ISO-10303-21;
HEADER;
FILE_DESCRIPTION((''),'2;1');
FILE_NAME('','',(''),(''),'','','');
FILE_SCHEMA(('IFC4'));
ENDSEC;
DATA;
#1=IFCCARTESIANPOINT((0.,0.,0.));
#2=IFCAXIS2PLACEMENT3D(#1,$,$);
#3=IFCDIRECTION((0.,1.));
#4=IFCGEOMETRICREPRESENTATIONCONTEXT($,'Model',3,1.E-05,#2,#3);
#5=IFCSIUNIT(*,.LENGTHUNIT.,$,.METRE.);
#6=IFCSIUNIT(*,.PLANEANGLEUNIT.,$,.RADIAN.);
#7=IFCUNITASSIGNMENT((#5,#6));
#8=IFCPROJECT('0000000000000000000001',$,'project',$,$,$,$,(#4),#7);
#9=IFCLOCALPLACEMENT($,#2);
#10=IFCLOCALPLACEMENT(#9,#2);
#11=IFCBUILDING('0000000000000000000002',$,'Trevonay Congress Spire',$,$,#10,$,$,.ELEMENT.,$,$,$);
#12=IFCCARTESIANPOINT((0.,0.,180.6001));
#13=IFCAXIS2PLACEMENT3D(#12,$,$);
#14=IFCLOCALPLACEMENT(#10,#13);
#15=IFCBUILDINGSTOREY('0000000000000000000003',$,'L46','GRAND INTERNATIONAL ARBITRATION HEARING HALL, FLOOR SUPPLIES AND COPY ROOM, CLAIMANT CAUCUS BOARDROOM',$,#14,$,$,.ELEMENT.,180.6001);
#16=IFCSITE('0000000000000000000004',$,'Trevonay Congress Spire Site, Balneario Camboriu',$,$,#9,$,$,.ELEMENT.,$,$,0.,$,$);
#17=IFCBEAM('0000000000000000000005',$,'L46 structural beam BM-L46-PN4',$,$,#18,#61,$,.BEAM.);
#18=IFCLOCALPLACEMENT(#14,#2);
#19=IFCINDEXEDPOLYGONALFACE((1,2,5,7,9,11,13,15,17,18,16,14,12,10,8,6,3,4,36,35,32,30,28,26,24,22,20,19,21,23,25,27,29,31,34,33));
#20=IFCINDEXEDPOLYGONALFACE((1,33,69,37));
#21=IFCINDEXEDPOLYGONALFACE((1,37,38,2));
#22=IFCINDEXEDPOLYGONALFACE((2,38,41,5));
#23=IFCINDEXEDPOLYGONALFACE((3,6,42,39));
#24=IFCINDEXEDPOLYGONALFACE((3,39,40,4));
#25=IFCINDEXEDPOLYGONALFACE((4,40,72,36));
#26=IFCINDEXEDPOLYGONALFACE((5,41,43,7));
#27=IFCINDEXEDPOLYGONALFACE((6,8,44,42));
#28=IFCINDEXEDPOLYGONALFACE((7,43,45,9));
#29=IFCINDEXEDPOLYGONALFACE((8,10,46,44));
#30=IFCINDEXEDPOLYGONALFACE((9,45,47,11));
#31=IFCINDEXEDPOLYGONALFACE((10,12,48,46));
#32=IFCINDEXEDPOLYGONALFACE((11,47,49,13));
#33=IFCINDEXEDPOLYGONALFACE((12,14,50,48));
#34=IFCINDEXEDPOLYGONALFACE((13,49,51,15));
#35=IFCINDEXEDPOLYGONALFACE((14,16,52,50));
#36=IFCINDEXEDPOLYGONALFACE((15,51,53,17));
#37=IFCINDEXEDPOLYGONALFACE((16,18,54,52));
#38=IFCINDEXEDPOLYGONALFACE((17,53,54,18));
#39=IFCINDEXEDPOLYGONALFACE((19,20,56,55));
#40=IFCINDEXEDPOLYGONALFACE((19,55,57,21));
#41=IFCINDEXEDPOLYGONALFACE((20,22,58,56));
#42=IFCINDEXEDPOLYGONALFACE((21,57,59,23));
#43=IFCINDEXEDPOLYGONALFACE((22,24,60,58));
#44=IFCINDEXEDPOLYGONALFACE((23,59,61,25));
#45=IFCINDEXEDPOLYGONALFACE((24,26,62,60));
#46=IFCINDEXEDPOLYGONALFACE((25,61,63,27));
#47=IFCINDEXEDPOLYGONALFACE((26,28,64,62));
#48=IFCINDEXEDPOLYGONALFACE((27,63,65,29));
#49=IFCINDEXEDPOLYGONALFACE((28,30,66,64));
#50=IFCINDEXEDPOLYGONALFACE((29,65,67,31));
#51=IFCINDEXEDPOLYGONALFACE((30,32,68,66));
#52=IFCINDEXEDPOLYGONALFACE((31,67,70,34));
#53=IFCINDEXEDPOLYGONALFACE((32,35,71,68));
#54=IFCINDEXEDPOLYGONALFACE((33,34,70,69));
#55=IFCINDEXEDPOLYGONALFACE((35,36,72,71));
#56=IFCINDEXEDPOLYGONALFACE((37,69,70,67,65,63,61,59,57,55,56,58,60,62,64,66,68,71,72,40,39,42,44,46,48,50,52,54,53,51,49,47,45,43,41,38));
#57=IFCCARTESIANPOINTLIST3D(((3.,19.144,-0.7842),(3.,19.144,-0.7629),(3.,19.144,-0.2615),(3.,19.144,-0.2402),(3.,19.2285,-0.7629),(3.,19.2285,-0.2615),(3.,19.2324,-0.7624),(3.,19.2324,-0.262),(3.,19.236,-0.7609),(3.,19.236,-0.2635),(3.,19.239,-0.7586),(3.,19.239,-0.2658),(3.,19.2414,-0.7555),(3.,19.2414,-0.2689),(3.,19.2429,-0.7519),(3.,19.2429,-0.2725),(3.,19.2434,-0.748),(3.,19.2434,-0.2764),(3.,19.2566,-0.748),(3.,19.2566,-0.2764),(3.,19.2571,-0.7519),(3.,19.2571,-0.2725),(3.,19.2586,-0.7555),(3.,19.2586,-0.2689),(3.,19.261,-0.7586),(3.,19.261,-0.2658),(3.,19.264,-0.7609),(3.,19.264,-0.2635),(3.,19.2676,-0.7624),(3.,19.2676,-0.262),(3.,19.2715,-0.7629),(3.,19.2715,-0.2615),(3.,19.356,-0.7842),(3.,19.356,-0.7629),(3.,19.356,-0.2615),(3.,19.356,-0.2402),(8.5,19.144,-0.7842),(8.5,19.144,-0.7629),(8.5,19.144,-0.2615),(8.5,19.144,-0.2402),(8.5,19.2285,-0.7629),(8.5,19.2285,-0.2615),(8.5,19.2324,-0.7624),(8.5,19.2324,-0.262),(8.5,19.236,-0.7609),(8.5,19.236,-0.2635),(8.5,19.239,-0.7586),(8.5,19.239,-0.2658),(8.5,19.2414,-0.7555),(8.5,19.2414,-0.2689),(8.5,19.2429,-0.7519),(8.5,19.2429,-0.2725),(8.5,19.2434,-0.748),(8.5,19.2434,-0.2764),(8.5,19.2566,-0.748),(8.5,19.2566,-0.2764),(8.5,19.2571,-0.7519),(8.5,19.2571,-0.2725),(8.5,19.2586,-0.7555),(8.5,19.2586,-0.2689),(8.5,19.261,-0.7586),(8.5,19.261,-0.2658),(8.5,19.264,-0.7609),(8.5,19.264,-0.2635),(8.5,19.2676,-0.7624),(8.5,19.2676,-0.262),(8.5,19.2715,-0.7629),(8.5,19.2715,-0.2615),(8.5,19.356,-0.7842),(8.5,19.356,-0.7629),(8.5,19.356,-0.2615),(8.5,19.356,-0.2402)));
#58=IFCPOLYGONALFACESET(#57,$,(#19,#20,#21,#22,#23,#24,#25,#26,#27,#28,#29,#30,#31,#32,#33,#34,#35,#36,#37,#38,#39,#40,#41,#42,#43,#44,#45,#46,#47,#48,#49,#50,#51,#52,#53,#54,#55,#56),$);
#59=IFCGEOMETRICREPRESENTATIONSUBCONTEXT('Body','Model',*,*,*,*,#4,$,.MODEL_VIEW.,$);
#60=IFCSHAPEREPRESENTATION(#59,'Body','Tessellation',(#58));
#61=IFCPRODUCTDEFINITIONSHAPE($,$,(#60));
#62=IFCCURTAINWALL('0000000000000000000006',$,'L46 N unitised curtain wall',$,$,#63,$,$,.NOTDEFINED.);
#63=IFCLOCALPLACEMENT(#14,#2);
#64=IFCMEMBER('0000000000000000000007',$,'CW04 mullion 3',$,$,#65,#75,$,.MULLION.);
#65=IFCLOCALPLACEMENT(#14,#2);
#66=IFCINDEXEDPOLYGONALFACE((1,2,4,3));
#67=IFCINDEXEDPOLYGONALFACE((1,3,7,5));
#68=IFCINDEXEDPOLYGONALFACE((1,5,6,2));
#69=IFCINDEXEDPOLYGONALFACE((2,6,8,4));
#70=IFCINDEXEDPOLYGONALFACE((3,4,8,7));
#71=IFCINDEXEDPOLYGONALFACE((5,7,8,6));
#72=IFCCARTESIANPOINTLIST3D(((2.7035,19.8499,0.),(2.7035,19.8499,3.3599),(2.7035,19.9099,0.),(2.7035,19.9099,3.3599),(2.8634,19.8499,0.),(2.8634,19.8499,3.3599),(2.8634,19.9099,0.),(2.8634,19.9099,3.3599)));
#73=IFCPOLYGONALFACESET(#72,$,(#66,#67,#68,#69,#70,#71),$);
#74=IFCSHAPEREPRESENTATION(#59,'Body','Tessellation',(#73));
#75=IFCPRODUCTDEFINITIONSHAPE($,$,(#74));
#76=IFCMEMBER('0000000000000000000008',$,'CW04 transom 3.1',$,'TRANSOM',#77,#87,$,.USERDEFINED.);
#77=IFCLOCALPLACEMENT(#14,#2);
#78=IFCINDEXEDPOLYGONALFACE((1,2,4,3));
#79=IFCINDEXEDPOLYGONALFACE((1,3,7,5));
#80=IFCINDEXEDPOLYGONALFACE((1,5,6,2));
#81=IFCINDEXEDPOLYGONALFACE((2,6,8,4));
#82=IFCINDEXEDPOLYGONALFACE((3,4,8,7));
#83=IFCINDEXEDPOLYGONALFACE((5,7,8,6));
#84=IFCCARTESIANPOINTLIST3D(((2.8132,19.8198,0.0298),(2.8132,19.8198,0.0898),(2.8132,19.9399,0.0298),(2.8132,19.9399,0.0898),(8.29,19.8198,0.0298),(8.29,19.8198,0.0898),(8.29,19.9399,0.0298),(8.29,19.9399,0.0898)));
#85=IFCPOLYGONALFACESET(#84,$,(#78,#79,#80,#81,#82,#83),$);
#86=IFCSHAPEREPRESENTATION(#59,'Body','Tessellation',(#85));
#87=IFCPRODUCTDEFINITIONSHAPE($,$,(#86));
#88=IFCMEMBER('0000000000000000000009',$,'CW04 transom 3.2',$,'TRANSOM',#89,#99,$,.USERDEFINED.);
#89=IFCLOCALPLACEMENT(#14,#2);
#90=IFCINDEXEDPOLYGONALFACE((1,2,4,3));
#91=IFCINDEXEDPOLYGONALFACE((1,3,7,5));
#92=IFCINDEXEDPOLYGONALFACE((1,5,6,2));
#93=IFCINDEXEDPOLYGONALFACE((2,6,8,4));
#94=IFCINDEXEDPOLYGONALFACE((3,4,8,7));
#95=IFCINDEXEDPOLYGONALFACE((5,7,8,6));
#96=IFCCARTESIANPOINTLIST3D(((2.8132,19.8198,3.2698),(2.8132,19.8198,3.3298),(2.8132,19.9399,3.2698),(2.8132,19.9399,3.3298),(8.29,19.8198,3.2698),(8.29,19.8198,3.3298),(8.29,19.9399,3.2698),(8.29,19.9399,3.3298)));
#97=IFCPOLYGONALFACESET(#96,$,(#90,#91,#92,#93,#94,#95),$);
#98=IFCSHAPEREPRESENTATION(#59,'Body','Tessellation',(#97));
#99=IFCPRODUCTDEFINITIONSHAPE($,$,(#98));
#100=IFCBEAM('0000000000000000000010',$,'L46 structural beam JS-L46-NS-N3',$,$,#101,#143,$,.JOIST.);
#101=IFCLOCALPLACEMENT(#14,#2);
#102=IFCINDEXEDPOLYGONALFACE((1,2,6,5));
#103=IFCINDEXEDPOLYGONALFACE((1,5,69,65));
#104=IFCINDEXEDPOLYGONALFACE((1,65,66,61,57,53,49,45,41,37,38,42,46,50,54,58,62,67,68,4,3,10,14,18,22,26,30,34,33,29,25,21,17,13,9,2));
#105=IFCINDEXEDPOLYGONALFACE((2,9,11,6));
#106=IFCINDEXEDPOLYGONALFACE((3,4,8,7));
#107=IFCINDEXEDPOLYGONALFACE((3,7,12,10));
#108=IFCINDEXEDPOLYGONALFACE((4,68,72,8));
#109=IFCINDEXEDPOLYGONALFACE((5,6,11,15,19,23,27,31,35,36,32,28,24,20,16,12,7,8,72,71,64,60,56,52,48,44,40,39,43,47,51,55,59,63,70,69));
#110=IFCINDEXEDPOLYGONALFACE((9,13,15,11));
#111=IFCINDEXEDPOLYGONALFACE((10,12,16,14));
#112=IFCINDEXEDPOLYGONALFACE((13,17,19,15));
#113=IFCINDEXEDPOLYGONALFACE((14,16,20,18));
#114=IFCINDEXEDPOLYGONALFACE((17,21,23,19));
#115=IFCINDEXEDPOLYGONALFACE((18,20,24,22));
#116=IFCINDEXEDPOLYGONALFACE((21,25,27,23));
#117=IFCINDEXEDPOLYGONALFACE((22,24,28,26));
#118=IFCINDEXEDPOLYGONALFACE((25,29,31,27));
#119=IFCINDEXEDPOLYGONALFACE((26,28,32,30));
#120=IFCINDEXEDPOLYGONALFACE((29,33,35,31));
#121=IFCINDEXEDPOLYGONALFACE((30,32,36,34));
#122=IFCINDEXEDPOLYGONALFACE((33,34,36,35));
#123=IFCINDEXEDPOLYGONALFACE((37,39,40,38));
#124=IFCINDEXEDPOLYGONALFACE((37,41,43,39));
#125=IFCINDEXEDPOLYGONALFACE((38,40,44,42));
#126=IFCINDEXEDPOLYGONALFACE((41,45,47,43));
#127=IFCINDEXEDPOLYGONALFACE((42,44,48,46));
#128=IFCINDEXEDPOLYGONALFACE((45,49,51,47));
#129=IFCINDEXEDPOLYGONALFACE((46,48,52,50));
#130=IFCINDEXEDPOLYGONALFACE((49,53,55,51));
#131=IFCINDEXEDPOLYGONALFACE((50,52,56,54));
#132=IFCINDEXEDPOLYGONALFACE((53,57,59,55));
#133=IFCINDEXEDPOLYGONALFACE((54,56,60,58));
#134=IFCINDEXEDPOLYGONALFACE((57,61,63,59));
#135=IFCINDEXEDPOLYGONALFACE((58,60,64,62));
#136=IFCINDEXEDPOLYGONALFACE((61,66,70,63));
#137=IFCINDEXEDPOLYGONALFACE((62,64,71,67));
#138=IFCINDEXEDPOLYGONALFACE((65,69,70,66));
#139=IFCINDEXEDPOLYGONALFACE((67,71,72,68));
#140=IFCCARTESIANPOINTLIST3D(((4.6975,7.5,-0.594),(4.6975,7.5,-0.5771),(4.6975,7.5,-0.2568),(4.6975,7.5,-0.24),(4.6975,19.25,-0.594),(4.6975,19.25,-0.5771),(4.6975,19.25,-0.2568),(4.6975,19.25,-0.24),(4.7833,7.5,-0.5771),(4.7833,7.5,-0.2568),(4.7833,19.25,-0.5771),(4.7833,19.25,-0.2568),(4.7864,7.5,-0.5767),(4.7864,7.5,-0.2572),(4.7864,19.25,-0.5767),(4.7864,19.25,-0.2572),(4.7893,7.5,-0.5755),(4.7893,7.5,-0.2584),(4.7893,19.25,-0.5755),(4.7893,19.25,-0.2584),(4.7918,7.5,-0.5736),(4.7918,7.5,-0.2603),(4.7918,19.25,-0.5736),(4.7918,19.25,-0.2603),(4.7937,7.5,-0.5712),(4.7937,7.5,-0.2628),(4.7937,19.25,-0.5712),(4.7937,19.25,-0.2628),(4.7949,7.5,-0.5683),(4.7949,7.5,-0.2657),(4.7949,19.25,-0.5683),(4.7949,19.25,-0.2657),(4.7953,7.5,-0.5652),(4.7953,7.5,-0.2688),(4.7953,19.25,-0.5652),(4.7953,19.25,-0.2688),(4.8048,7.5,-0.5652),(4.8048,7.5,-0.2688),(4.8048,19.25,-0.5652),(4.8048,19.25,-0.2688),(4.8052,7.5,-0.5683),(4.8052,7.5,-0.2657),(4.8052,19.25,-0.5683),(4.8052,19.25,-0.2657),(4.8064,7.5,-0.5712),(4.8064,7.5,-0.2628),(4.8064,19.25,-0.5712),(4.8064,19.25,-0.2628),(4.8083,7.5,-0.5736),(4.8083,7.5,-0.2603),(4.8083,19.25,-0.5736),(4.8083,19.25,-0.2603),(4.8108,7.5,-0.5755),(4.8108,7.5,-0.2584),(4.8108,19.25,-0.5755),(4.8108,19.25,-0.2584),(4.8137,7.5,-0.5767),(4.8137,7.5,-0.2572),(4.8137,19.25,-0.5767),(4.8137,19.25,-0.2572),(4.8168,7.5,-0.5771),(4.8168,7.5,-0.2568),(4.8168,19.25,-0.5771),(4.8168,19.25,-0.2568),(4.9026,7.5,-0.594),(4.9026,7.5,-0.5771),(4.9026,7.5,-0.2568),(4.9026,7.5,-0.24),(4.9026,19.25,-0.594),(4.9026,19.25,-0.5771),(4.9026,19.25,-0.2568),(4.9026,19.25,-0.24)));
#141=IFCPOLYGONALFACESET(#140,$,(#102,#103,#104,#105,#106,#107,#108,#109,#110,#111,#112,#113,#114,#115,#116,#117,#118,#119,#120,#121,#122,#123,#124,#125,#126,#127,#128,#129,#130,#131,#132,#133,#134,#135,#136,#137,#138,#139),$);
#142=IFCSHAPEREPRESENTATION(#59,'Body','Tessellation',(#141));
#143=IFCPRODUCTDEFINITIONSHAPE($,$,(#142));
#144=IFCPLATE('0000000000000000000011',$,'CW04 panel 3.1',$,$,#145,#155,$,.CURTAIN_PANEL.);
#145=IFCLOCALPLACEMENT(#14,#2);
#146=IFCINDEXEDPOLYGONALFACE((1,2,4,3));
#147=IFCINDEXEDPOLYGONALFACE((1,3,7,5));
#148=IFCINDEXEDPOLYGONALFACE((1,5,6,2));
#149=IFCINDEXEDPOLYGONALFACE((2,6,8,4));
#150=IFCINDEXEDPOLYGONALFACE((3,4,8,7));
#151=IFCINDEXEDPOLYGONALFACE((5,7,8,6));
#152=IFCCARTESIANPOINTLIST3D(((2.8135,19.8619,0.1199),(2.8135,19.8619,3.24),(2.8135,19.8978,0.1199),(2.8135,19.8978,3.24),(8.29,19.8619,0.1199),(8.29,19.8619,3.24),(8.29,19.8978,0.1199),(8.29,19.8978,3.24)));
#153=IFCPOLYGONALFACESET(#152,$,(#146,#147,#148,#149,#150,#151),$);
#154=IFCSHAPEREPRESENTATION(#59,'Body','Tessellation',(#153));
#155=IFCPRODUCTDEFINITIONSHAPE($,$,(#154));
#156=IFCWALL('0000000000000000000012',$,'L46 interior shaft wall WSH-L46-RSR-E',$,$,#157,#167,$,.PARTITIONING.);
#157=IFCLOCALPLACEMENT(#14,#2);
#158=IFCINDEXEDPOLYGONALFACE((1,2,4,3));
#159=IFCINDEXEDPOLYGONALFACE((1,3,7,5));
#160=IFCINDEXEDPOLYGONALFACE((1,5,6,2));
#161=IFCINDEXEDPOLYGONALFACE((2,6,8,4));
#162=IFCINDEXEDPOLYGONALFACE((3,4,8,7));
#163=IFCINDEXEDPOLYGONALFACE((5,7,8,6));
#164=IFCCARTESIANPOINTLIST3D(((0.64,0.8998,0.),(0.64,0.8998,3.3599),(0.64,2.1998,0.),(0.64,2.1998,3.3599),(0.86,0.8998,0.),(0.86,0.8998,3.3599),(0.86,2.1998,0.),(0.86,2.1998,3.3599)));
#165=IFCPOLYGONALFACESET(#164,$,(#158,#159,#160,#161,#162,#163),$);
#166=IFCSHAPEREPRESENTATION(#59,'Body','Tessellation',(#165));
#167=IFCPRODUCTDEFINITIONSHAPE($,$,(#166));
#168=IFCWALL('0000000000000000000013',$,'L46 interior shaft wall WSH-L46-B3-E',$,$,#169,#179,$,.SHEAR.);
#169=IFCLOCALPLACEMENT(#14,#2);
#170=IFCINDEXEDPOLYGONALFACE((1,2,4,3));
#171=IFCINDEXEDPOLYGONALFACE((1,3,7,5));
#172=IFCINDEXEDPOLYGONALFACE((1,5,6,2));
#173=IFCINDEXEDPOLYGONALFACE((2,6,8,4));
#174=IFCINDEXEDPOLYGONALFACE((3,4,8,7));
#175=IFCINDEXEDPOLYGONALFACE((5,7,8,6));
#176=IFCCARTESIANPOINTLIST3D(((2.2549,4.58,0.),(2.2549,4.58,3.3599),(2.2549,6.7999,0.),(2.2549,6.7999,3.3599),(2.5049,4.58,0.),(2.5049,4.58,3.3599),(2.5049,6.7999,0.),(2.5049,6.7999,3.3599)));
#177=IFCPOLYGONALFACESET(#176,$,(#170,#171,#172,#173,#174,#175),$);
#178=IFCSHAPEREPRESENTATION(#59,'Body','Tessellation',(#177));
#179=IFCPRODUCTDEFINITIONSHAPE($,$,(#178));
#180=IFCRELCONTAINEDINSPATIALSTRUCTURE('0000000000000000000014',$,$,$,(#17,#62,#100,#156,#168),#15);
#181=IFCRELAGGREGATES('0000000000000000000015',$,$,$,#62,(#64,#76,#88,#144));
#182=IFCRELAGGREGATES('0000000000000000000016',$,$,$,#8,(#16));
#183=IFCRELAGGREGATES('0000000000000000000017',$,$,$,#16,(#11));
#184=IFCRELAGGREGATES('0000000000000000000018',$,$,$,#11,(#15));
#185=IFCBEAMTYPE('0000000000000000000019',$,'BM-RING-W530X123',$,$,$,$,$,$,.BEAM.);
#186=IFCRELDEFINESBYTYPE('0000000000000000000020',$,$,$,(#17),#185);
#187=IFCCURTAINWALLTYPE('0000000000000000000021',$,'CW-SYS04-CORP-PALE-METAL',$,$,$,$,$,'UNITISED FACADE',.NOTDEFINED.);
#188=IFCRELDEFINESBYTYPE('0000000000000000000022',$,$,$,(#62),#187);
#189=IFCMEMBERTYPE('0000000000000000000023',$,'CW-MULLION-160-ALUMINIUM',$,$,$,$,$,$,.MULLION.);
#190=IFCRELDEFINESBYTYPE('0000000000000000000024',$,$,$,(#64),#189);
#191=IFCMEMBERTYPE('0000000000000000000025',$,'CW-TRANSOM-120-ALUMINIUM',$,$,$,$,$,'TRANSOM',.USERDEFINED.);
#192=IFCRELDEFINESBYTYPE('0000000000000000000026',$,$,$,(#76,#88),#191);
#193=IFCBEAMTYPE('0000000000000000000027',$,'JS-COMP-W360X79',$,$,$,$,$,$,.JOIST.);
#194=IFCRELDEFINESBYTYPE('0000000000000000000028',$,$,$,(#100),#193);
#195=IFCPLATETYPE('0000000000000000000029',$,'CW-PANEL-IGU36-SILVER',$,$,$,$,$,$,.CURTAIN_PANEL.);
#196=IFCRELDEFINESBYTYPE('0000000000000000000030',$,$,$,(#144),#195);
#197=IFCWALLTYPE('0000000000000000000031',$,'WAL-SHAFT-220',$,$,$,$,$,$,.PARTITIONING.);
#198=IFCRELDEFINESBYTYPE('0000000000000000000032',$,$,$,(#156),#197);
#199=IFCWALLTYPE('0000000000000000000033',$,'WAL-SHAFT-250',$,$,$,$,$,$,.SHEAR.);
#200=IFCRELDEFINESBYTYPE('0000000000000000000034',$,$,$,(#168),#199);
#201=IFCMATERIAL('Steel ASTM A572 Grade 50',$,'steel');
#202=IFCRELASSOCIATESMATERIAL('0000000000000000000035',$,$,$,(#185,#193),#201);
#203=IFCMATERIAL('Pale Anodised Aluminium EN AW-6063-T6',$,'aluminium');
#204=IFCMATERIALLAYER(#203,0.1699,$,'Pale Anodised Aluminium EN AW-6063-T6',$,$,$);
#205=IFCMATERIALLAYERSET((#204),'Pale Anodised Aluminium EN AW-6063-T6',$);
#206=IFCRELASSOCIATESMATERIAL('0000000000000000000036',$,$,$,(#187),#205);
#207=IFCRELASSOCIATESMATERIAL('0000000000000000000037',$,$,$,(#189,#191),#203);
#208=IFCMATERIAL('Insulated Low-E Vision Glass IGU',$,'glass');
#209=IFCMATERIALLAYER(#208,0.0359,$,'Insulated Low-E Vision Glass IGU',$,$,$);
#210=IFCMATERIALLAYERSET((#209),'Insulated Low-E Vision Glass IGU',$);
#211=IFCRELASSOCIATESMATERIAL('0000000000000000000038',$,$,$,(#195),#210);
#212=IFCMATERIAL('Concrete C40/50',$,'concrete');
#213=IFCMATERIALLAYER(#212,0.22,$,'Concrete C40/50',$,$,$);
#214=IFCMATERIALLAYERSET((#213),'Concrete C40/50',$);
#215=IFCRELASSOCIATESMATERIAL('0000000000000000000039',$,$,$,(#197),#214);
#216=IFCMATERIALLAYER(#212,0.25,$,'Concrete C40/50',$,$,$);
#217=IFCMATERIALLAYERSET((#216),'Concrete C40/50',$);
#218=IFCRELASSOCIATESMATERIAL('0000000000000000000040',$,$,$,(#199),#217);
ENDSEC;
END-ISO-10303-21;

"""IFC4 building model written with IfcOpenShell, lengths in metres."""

from ifc_helpers import new_model, si_unit, direction, frame, frame_2d, origin, origin_2d, place, context, subcontext, project, spatial, rectangle, i_section, extrude, material, layer, layer_set, material_profile, profile_set, type_object, element, aggregate, save


model = new_model("IFC4")

# Units and contexts
model_context = context("Model", 3, precision=1e-05, world=origin(), true_north=direction((0.0, 1.0)))
body_context = subcontext(model_context, "Body", "Model", "MODEL_VIEW")
ifc_project = project(units=[si_unit("LENGTHUNIT", "METRE"), si_unit("PLANEANGLEUNIT", "RADIAN")], contexts=[model_context])

# Site, building, storey
site_placement = place(None, origin())
site = spatial("IfcSite", under=ifc_project, at=site_placement, Name="Trevonay Congress Spire Site, Balneario Camboriu", CompositionType="ELEMENT", RefElevation=0.0)
building_placement = place(site_placement, origin())
building = spatial("IfcBuilding", under=site, at=building_placement, Name="Trevonay Congress Spire", CompositionType="ELEMENT")
storey_placement = place(building_placement, frame((0.0, 0.0, 180.6001)))
storey = spatial("IfcBuildingStorey", under=building, at=storey_placement, Name="L46", Description="GRAND INTERNATIONAL ARBITRATION HEARING HALL, FLOOR SUPPLIES AND COPY ROOM, CLAIMANT CAUCUS BOARDROOM", CompositionType="ELEMENT", Elevation=180.6001)

# Shared definitions
ifc_material_1 = material(Name="Steel ASTM A572 Grade 50", Category="steel")

# Beam
ifc_material_profile_1 = material_profile(ifc_material_1, i_section(OverallWidth=0.2119, OverallDepth=0.5439, WebThickness=0.0132, FlangeThickness=0.0212, FilletRadius=0.0149, at=origin_2d()), Name="W530x123")
ifc_profile_set_1 = profile_set([ifc_material_profile_1], Name="Steel ASTM A572 Grade 50")
beam_type_1 = type_object("IfcBeamType", Name="BM-RING-W530X123", PredefinedType="BEAM", material=ifc_profile_set_1)
beam_1_placement = place(storey_placement, frame((3.0, 19.25, -0.5122), z_axis=(1.0, 0.0, 0.0), x_axis=(0.0, 1.0, 0.0)))
element("IfcBeam", 1, at=beam_1_placement, inside=storey, type_object=beam_type_1, Name="L46 structural beam BM-L46-PN4", PredefinedType="BEAM", context=body_context, shape_type="SweptSolid", body=[
    extrude(i_section(OverallWidth=0.2119, OverallDepth=0.5439, WebThickness=0.0132, FlangeThickness=0.0212, FilletRadius=0.0149, at=origin_2d()), origin(), (0.0, 0.0, 1.0), 5.5),
])

# Curtain wall, members
ifc_material_2 = material(Name="Pale Anodised Aluminium EN AW-6063-T6", Category="aluminium")
ifc_layer_1 = layer(ifc_material_2, 0.1699, Name="Pale Anodised Aluminium EN AW-6063-T6")
ifc_layer_set_1 = layer_set([ifc_layer_1], Name="Pale Anodised Aluminium EN AW-6063-T6")
curtain_wall_type = type_object("IfcCurtainWallType", Name="CW-SYS04-CORP-PALE-METAL", ElementType="UNITISED FACADE", PredefinedType="NOTDEFINED", material=ifc_layer_set_1)
curtain_wall_placement = place(storey_placement, origin())
curtain_wall = element("IfcCurtainWall", 2, at=curtain_wall_placement, inside=storey, type_object=curtain_wall_type, Name="L46 N unitised curtain wall", PredefinedType="NOTDEFINED")
ifc_material_profile_2 = material_profile(ifc_material_2, rectangle(XDim=0.0601, YDim=0.1599, at=origin_2d()), Name="CW-MULLION-160-ALUMINIUM")
ifc_profile_set_2 = profile_set([ifc_material_profile_2], Name="Pale Anodised Aluminium EN AW-6063-T6")
member_type_1 = type_object("IfcMemberType", Name="CW-MULLION-160-ALUMINIUM", PredefinedType="MULLION", material=ifc_profile_set_2)
member_1_placement = place(storey_placement, frame((2.7834, 19.8799, 0.0), z_axis=(0.0, 0.0, 1.0), x_axis=(0.0, 1.0, 0.0)))
member_1 = element("IfcMember", 3, at=member_1_placement, type_object=member_type_1, Name="CW04 mullion 3", PredefinedType="MULLION", context=body_context, shape_type="SweptSolid", body=[
    extrude(rectangle(XDim=0.0601, YDim=0.1599, at=origin_2d()), origin(), (0.0, 0.0, 1.0), 3.3599),
])
ifc_material_profile_3 = material_profile(ifc_material_2, rectangle(XDim=0.1201, YDim=0.0601, at=origin_2d()), Name="CW-TRANSOM-120-ALUMINIUM")
ifc_profile_set_3 = profile_set([ifc_material_profile_3], Name="Pale Anodised Aluminium EN AW-6063-T6")
member_type_2 = type_object("IfcMemberType", Name="CW-TRANSOM-120-ALUMINIUM", ElementType="TRANSOM", PredefinedType="USERDEFINED", material=ifc_profile_set_3)
member_2_placement = place(storey_placement, frame((2.8132, 19.8799, 0.0598), z_axis=(1.0, 0.0, 0.0), x_axis=(0.0, 1.0, 0.0)))
member_2 = element("IfcMember", 4, at=member_2_placement, type_object=member_type_2, Name="CW04 transom 3.1", ObjectType="TRANSOM", PredefinedType="USERDEFINED", context=body_context, shape_type="SweptSolid", body=[
    extrude(rectangle(XDim=0.1201, YDim=0.0601, at=origin_2d()), origin(), (0.0, 0.0, 1.0), 5.4768),
])
member_3_placement = place(storey_placement, frame((2.8132, 19.8799, 3.2998), z_axis=(1.0, 0.0, 0.0), x_axis=(0.0, 1.0, 0.0)))
member_3 = element("IfcMember", 5, at=member_3_placement, type_object=member_type_2, Name="CW04 transom 3.2", ObjectType="TRANSOM", PredefinedType="USERDEFINED", context=body_context, shape_type="SweptSolid", body=[
    extrude(rectangle(XDim=0.1201, YDim=0.0601, at=origin_2d()), origin(), (0.0, 0.0, 1.0), 5.4768),
])

# Beam
ifc_material_profile_4 = material_profile(ifc_material_1, i_section(OverallWidth=0.2051, OverallDepth=0.354, WebThickness=0.0095, FlangeThickness=0.0168, FilletRadius=0.012, at=origin_2d()), Name="W360x79")
ifc_profile_set_4 = profile_set([ifc_material_profile_4], Name="Steel ASTM A572 Grade 50")
beam_type_2 = type_object("IfcBeamType", Name="JS-COMP-W360X79", PredefinedType="JOIST", material=ifc_profile_set_4)
beam_2_placement = place(storey_placement, frame((4.8, 7.5, -0.417), z_axis=(0.0, 1.0, 0.0), x_axis=(-1.0, 0.0, 0.0)))
element("IfcBeam", 6, at=beam_2_placement, inside=storey, type_object=beam_type_2, Name="L46 structural beam JS-L46-NS-N3", PredefinedType="JOIST", context=body_context, shape_type="SweptSolid", body=[
    extrude(i_section(OverallWidth=0.2051, OverallDepth=0.354, WebThickness=0.0095, FlangeThickness=0.0168, FilletRadius=0.012, at=origin_2d()), origin(), (0.0, 0.0, 1.0), 11.75),
])

# Plate
ifc_material_3 = material(Name="Insulated Low-E Vision Glass IGU", Category="glass")
ifc_layer_2 = layer(ifc_material_3, 0.0359, Name="Insulated Low-E Vision Glass IGU")
ifc_layer_set_2 = layer_set([ifc_layer_2], Name="Insulated Low-E Vision Glass IGU")
plate_type = type_object("IfcPlateType", Name="CW-PANEL-IGU36-SILVER", PredefinedType="CURTAIN_PANEL", material=ifc_layer_set_2)
plate_placement = place(storey_placement, frame((5.5518, 19.8799, 0.1199), z_axis=(0.0, 0.0, 1.0), x_axis=(1.0, 0.0, 0.0)))
plate = element("IfcPlate", 7, at=plate_placement, type_object=plate_type, Name="CW04 panel 3.1", PredefinedType="CURTAIN_PANEL", context=body_context, shape_type="SweptSolid", body=[
    extrude(rectangle(XDim=5.4766, YDim=0.0359, at=origin_2d()), origin(), (0.0, 0.0, 1.0), 3.1201),
])
aggregate(curtain_wall, [member_1, member_2, member_3, plate])

# Walls
ifc_material_4 = material(Name="Concrete C40/50", Category="concrete")
ifc_layer_3 = layer(ifc_material_4, 0.22, Name="Concrete C40/50")
ifc_layer_set_3 = layer_set([ifc_layer_3], Name="Concrete C40/50")
wall_type_1 = type_object("IfcWallType", Name="WAL-SHAFT-220", PredefinedType="PARTITIONING", material=ifc_layer_set_3)
wall_1_placement = place(storey_placement, frame((0.75, 0.8999, 0.0), z_axis=(0.0, 0.0, 1.0), x_axis=(0.0, 1.0, 0.0)))
element("IfcWall", 8, at=wall_1_placement, inside=storey, type_object=wall_type_1, Name="L46 interior shaft wall WSH-L46-RSR-E", PredefinedType="PARTITIONING", context=body_context, shape_type="SweptSolid", body=[
    extrude(rectangle(XDim=1.3, YDim=0.22, at=frame_2d((0.6499, 0.0))), origin(), (0.0, 0.0, 1.0), 3.3599),
])
ifc_layer_4 = layer(ifc_material_4, 0.25, Name="Concrete C40/50")
ifc_layer_set_4 = layer_set([ifc_layer_4], Name="Concrete C40/50")
wall_type_2 = type_object("IfcWallType", Name="WAL-SHAFT-250", PredefinedType="SHEAR", material=ifc_layer_set_4)
wall_2_placement = place(storey_placement, frame((2.3799, 4.5801, 0.0), z_axis=(0.0, 0.0, 1.0), x_axis=(0.0, 1.0, 0.0)))
element("IfcWall", 9, at=wall_2_placement, inside=storey, type_object=wall_type_2, Name="L46 interior shaft wall WSH-L46-B3-E", PredefinedType="SHEAR", context=body_context, shape_type="SweptSolid", body=[
    extrude(rectangle(XDim=2.22, YDim=0.25, at=frame_2d((1.1099, 0.0))), origin(), (0.0, 0.0, 1.0), 3.3599),
])

save(model, "model.ifc")
